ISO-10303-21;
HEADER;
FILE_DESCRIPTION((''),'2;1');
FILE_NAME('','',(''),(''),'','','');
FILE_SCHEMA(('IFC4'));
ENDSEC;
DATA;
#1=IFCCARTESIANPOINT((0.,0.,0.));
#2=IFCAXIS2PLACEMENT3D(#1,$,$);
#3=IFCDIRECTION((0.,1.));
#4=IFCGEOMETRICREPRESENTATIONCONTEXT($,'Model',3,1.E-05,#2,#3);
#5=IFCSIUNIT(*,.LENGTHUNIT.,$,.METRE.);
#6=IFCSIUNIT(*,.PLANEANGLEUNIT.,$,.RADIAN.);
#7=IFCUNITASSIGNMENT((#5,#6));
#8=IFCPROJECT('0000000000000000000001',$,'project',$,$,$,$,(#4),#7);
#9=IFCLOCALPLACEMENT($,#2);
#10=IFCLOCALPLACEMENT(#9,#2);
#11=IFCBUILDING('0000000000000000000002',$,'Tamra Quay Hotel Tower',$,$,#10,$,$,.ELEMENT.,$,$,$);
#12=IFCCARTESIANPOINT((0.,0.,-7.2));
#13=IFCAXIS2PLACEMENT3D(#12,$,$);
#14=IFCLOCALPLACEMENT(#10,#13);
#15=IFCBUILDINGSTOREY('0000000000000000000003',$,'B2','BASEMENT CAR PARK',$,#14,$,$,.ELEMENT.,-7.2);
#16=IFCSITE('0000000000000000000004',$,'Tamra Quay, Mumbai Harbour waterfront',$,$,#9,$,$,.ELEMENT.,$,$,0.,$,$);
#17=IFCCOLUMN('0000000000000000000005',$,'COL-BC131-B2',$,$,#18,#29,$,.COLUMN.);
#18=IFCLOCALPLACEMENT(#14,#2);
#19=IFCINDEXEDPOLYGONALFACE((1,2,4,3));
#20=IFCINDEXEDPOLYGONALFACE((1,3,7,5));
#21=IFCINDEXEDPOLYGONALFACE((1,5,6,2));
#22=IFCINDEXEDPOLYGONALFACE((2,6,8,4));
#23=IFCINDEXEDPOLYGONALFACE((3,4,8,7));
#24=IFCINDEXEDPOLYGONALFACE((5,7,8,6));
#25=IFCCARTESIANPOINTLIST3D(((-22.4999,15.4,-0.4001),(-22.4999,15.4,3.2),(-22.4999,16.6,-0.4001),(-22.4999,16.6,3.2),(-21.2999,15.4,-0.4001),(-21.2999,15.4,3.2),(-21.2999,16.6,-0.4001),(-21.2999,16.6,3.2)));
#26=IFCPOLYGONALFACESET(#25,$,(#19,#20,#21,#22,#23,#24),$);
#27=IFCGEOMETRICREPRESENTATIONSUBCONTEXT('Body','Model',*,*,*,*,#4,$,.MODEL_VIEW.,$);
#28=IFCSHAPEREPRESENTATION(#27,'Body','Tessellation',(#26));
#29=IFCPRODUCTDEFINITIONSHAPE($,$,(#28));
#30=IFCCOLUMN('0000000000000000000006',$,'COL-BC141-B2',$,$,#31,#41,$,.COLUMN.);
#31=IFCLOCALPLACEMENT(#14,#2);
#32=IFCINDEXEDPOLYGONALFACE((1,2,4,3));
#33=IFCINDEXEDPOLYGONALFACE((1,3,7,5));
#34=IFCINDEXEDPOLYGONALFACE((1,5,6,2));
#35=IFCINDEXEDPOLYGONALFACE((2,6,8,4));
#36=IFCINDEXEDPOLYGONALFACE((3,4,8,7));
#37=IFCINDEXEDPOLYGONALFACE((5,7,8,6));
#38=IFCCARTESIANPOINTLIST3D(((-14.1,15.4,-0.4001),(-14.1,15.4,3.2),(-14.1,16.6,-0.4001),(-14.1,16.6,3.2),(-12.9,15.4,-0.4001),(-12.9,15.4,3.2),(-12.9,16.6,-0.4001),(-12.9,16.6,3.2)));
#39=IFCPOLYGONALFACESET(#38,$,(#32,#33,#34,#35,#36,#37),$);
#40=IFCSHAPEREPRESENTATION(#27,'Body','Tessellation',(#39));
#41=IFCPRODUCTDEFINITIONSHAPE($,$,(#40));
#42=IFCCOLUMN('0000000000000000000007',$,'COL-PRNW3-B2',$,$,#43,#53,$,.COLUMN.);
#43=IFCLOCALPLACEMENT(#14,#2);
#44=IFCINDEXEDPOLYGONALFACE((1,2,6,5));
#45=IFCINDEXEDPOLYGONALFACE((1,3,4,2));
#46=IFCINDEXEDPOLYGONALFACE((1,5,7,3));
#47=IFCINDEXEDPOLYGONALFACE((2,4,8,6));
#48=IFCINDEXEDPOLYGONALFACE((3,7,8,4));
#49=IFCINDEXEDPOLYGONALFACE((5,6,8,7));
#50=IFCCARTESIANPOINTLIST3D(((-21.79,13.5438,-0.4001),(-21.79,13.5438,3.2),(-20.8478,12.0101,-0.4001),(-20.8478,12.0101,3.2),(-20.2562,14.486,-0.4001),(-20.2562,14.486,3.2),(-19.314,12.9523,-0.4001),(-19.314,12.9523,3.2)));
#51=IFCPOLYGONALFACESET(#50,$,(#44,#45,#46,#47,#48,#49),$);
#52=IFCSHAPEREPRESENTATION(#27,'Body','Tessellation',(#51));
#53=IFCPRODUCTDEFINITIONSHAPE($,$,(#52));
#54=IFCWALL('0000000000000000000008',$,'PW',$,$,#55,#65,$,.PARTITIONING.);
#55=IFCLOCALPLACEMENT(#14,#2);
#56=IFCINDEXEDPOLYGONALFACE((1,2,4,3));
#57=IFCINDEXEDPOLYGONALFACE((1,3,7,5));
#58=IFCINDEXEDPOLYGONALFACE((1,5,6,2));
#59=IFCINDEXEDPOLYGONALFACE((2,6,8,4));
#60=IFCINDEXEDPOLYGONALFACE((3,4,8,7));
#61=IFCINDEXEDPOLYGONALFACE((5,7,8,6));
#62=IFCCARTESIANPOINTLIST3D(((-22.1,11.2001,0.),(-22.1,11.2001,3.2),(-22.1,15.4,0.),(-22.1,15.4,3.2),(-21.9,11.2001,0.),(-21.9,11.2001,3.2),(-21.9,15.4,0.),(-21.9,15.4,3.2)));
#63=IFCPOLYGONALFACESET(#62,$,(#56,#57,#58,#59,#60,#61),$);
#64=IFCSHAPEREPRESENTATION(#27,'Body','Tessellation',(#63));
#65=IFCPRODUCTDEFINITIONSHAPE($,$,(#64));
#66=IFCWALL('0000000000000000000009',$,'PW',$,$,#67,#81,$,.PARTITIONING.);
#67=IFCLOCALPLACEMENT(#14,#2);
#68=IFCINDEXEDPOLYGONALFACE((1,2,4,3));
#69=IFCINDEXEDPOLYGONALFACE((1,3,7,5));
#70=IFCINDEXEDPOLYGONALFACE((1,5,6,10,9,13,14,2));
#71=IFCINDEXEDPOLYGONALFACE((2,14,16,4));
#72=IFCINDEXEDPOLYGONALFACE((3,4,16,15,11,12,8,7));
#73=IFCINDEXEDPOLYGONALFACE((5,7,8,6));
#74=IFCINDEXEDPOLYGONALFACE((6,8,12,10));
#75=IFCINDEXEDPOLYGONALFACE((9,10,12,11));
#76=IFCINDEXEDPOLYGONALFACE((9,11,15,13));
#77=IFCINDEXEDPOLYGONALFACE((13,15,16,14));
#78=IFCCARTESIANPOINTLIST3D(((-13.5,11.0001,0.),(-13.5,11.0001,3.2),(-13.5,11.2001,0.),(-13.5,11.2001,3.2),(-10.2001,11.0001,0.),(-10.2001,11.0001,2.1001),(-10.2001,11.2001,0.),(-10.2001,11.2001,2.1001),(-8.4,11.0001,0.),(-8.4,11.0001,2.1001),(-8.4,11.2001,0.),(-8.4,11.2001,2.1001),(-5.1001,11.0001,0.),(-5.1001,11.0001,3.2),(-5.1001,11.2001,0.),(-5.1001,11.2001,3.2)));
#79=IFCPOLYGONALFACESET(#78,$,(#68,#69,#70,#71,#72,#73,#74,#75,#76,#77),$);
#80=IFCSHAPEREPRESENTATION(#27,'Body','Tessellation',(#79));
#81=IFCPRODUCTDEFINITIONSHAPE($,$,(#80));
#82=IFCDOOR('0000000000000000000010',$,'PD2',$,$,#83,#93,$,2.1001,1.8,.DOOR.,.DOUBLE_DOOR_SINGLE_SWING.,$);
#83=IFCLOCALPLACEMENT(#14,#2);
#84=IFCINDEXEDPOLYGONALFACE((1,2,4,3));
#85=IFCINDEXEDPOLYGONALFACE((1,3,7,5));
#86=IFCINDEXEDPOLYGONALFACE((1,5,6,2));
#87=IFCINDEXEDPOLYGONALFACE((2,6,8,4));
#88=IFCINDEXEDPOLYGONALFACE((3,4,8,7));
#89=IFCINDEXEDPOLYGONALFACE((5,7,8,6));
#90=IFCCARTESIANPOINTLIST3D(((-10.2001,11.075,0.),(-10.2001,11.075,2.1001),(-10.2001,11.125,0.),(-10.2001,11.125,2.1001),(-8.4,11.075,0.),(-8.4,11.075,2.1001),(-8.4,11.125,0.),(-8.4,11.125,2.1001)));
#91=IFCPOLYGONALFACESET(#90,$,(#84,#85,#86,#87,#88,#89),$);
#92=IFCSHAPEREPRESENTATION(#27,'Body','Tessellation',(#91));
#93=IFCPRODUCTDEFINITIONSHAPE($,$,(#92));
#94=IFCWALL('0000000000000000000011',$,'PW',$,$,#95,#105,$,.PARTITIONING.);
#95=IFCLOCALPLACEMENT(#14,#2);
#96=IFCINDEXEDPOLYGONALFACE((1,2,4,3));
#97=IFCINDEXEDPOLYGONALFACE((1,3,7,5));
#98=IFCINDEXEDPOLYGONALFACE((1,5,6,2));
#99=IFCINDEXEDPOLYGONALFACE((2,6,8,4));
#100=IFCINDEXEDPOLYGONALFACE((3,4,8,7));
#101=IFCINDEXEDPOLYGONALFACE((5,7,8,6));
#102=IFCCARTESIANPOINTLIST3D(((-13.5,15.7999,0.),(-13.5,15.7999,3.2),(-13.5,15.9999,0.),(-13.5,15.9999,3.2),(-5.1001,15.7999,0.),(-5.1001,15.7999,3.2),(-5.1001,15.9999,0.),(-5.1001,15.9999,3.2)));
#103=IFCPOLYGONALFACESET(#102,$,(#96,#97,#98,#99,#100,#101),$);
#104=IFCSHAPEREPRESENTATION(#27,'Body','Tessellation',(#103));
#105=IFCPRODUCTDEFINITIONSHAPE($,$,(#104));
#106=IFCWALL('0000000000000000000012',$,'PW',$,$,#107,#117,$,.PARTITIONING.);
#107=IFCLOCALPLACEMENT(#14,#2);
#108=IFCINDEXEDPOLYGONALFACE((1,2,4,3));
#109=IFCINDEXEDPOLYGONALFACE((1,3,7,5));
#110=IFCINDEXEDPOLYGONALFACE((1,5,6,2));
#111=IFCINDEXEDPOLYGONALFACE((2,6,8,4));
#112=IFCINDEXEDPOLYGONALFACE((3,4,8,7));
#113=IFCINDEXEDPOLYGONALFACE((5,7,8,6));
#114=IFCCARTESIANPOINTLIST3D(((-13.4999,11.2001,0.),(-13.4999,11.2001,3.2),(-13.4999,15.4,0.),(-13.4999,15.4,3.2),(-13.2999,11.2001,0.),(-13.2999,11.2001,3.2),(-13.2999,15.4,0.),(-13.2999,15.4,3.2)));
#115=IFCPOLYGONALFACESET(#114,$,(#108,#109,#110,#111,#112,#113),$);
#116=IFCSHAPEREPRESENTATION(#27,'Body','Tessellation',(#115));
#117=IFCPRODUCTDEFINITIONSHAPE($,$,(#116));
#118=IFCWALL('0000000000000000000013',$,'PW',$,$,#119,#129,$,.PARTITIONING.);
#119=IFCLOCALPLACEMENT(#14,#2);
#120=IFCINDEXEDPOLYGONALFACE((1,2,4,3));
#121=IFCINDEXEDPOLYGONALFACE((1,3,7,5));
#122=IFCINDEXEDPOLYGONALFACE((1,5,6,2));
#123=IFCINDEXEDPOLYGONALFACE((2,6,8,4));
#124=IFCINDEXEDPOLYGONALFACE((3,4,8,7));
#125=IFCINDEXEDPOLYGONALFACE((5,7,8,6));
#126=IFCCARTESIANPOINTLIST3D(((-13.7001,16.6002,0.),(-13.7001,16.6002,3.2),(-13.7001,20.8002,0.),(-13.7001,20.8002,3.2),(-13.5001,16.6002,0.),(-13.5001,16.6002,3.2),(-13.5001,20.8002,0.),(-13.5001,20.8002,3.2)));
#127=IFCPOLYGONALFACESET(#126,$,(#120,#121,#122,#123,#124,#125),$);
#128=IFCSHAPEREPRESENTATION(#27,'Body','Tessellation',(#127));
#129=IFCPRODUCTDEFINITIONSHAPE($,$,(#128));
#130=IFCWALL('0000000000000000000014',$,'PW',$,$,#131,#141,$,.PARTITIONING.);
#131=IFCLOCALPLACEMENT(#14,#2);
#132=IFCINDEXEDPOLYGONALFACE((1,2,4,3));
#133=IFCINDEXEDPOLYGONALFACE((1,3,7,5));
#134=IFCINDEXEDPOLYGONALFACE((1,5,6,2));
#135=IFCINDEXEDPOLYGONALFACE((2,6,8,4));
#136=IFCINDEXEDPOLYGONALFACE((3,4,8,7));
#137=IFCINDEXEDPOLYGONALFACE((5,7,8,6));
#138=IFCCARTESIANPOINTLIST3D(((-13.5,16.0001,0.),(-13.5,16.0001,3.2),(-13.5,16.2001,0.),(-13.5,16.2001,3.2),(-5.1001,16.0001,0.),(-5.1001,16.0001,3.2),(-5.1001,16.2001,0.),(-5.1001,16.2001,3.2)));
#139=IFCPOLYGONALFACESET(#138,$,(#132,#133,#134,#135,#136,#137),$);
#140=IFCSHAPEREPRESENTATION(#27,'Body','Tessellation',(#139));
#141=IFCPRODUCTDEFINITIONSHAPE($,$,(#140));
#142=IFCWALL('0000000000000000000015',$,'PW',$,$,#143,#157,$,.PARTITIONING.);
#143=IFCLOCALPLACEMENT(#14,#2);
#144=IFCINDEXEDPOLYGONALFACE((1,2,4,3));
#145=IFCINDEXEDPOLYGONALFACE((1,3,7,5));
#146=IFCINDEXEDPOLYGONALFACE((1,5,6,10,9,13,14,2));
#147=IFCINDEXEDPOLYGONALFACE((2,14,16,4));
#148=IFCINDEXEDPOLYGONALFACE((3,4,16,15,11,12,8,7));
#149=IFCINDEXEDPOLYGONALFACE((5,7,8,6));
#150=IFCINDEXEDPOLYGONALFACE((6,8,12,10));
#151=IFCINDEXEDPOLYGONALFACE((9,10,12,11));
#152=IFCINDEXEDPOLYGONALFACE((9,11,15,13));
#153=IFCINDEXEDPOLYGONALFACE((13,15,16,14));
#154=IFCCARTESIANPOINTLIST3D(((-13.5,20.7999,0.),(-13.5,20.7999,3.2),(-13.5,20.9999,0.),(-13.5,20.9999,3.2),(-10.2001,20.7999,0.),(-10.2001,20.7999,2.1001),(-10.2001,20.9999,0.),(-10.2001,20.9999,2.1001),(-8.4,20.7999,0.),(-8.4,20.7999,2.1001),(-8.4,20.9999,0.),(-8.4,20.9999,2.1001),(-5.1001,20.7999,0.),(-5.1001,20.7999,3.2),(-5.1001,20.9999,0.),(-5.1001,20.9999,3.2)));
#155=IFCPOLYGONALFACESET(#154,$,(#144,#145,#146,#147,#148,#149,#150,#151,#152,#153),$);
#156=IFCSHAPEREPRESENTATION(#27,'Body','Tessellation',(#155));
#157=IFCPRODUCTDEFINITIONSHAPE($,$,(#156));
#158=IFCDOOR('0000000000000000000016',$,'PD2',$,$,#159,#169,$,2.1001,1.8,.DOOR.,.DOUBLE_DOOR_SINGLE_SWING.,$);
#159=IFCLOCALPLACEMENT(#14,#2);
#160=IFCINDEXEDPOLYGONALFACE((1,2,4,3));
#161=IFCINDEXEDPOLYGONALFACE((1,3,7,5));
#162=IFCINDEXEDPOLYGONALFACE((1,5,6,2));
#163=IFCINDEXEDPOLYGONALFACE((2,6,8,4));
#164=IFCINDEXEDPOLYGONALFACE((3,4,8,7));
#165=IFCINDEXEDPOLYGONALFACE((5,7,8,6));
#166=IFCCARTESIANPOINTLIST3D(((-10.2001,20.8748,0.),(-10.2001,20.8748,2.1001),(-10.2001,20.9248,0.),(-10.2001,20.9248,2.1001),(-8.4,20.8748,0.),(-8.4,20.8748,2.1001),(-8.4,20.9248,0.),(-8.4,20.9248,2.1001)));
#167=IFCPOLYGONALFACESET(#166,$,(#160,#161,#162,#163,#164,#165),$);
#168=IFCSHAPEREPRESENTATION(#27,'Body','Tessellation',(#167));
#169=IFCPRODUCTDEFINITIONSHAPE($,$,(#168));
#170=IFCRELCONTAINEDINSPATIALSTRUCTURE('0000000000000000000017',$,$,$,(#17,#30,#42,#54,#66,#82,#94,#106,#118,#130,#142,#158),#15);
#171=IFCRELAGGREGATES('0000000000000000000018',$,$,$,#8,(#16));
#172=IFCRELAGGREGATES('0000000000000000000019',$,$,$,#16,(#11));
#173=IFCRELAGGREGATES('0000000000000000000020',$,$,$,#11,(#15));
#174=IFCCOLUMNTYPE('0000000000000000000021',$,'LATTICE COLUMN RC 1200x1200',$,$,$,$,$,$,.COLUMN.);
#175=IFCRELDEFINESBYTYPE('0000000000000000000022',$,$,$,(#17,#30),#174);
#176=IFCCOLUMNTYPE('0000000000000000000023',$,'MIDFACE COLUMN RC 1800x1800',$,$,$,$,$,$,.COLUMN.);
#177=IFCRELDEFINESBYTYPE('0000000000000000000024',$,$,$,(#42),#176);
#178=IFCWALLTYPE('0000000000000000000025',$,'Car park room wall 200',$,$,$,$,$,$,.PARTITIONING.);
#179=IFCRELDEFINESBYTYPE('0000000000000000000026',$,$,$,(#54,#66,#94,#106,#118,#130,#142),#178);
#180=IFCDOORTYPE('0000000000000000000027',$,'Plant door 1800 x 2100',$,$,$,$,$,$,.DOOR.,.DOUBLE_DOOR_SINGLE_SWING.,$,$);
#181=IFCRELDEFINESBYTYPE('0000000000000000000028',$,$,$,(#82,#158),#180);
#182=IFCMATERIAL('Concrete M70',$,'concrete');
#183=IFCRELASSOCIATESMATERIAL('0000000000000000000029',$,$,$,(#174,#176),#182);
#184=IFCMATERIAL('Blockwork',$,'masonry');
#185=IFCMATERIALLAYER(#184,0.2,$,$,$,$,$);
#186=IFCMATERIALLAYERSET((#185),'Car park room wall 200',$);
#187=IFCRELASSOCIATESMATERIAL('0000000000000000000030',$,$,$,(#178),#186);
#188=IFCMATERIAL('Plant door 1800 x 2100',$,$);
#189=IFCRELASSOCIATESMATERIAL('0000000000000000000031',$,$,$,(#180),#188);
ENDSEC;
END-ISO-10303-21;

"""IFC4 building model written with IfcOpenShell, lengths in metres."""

from ifc_helpers import new_model, si_unit, direction, frame, frame_2d, origin, origin_2d, place, context, subcontext, project, spatial, rectangle, extrude, material, layer, layer_set, material_profile, profile_set, type_object, element, fill, save


model = new_model("IFC4")

# Units and contexts
model_context = context("Model", 3, precision=1e-05, world=origin(), true_north=direction((0.0, 1.0)))
body_context = subcontext(model_context, "Body", "Model", "MODEL_VIEW")
ifc_project = project(units=[si_unit("LENGTHUNIT", "METRE"), si_unit("PLANEANGLEUNIT", "RADIAN")], contexts=[model_context])

# Site, building, storey
site_placement = place(None, origin())
site = spatial("IfcSite", under=ifc_project, at=site_placement, Name="Tamra Quay, Mumbai Harbour waterfront", CompositionType="ELEMENT", RefElevation=0.0)
building_placement = place(site_placement, origin())
building = spatial("IfcBuilding", under=site, at=building_placement, Name="Tamra Quay Hotel Tower", CompositionType="ELEMENT")
storey_placement = place(building_placement, frame((0.0, 0.0, -7.2)))
storey = spatial("IfcBuildingStorey", under=building, at=storey_placement, Name="B2", Description="BASEMENT CAR PARK", CompositionType="ELEMENT", Elevation=-7.2)

# Columns
ifc_material_1 = material(Name="Concrete M70", Category="concrete")
ifc_material_profile_1 = material_profile(ifc_material_1, rectangle(XDim=1.2, YDim=1.2, at=origin_2d()), Name="LATTICE COLUMN RC 1200x1200")
ifc_profile_set_1 = profile_set([ifc_material_profile_1], Name="Concrete M70")
column_type_1 = type_object("IfcColumnType", Name="LATTICE COLUMN RC 1200x1200", PredefinedType="COLUMN", material=ifc_profile_set_1)
for number, where, z_axis, x_axis, name in (
    (1, (-21.8999, 16.0, -0.4001), (0.0, 0.0, 1.0), (1.0, 0.0, 0.0), "COL-BC131-B2"),
    (2, (-13.5, 16.0, -0.4001), (0.0, 0.0, 1.0), (1.0, 0.0, 0.0), "COL-BC141-B2"),
):
    element("IfcColumn", number, at=place(storey_placement, frame(where, z_axis=z_axis, x_axis=x_axis)), inside=storey, type_object=column_type_1, Name=name, PredefinedType="COLUMN", context=body_context, shape_type="SweptSolid", body=[
        extrude(rectangle(XDim=1.2, YDim=1.2, at=origin_2d()), origin(), (0.0, 0.0, 1.0), 3.6001),
    ])
ifc_material_profile_2 = material_profile(ifc_material_1, rectangle(XDim=1.8, YDim=1.8, at=origin_2d()), Name="MIDFACE COLUMN RC 1800x1800")
ifc_profile_set_2 = profile_set([ifc_material_profile_2], Name="Concrete M70")
column_type_2 = type_object("IfcColumnType", Name="MIDFACE COLUMN RC 1800x1800", PredefinedType="COLUMN", material=ifc_profile_set_2)
column_placement = place(storey_placement, frame((-20.552, 13.248, -0.4001), z_axis=(0.0, 0.0, 1.0), x_axis=(-0.52343, 0.852069, 0.0)))
element("IfcColumn", 3, at=column_placement, inside=storey, type_object=column_type_2, Name="COL-PRNW3-B2", PredefinedType="COLUMN", context=body_context, shape_type="SweptSolid", body=[
    extrude(rectangle(XDim=1.8, YDim=1.8, at=origin_2d()), origin(), (0.0, 0.0, 1.0), 3.6001),
])

# Wall
ifc_material_2 = material(Name="Blockwork", Category="masonry")
ifc_layer_1 = layer(ifc_material_2, 0.2)
ifc_layer_set_1 = layer_set([ifc_layer_1], Name="Car park room wall 200")
wall_type_1 = type_object("IfcWallType", Name="Car park room wall 200", PredefinedType="PARTITIONING", material=ifc_layer_set_1)
wall_1_placement = place(storey_placement, frame((-22.0, 11.2, 0.0), z_axis=(0.0, 0.0, 1.0), x_axis=(0.0, 1.0, 0.0)))
element("IfcWall", 4, at=wall_1_placement, inside=storey, type_object=wall_type_1, Name="PW", PredefinedType="PARTITIONING", context=body_context, shape_type="SweptSolid", body=[
    extrude(rectangle(XDim=4.2, YDim=0.2, at=frame_2d((2.1001, 0.0))), origin(), (0.0, 0.0, 1.0), 3.2),
])

# Wall, opening, door
wall_2_placement = place(storey_placement, frame((-13.5, 11.1001, 0.0), z_axis=(0.0, 0.0, 1.0), x_axis=(1.0, 0.0, 0.0)))
wall_2 = element("IfcWall", 5, at=wall_2_placement, inside=storey, type_object=wall_type_1, Name="PW", PredefinedType="PARTITIONING", context=body_context, shape_type="SweptSolid", body=[
    extrude(rectangle(XDim=8.3999, YDim=0.2, at=frame_2d((4.2, 0.0))), origin(), (0.0, 0.0, 1.0), 3.2),
])
opening_1_placement = place(wall_2_placement, frame((3.3, 0.0, 0.0)))
opening_1 = element("IfcOpeningElement", 6, at=opening_1_placement, cuts=wall_2, PredefinedType="OPENING", context=body_context, shape_type="SweptSolid", body=[
    extrude(rectangle(XDim=1.8, YDim=2.1001, at=frame_2d((0.8999, 1.05))), frame((0.0, 0.1099, 0.0), z_axis=(0.0, -1.0, 0.0), x_axis=(1.0, 0.0, 0.0)), (0.0, 0.0, 1.0), 0.22),
])
ifc_material_3 = material(Name="Plant door 1800 x 2100")
door_type_1 = type_object("IfcDoorType", Name="Plant door 1800 x 2100", OperationType="DOUBLE_DOOR_SINGLE_SWING", PredefinedType="DOOR", material=ifc_material_3)
door_1_placement = place(opening_1_placement, origin())
door_1 = element("IfcDoor", 7, at=door_1_placement, inside=storey, type_object=door_type_1, Name="PD2", OperationType="DOUBLE_DOOR_SINGLE_SWING", OverallHeight=2.1001, OverallWidth=1.8, PredefinedType="DOOR", context=body_context, shape_type="SweptSolid", body=[
    extrude(rectangle(XDim=1.8, YDim=2.1001, at=frame_2d((0.8999, 1.05))), frame((0.0, 0.0249, 0.0), z_axis=(0.0, -1.0, 0.0), x_axis=(1.0, 0.0, 0.0)), (0.0, 0.0, 1.0), 0.05),
])
fill(opening_1, door_1)

# Walls
wall_3_placement = place(storey_placement, frame((-13.5, 15.8999, 0.0), z_axis=(0.0, 0.0, 1.0), x_axis=(1.0, 0.0, 0.0)))
element("IfcWall", 8, at=wall_3_placement, inside=storey, type_object=wall_type_1, Name="PW", PredefinedType="PARTITIONING", context=body_context, shape_type="SweptSolid", body=[
    extrude(rectangle(XDim=8.3999, YDim=0.2, at=frame_2d((4.2, 0.0))), origin(), (0.0, 0.0, 1.0), 3.2),
])
for number, where, z_axis, x_axis, name in (
    (9, (-13.3999, 11.2, 0.0), (0.0, 0.0, 1.0), (0.0, 1.0, 0.0), "PW"),
    (10, (-13.6001, 16.6001, 0.0), (0.0, 0.0, 1.0), (0.0, 1.0, 0.0), "PW"),
):
    element("IfcWall", number, at=place(storey_placement, frame(where, z_axis=z_axis, x_axis=x_axis)), inside=storey, type_object=wall_type_1, Name=name, PredefinedType="PARTITIONING", context=body_context, shape_type="SweptSolid", body=[
        extrude(rectangle(XDim=4.2, YDim=0.2, at=frame_2d((2.1001, 0.0))), origin(), (0.0, 0.0, 1.0), 3.2),
    ])
wall_4_placement = place(storey_placement, frame((-13.5, 16.1001, 0.0), z_axis=(0.0, 0.0, 1.0), x_axis=(1.0, 0.0, 0.0)))
element("IfcWall", 11, at=wall_4_placement, inside=storey, type_object=wall_type_1, Name="PW", PredefinedType="PARTITIONING", context=body_context, shape_type="SweptSolid", body=[
    extrude(rectangle(XDim=8.3999, YDim=0.2, at=frame_2d((4.2, 0.0))), origin(), (0.0, 0.0, 1.0), 3.2),
])

# Wall, opening, door
wall_5_placement = place(storey_placement, frame((-13.5, 20.8999, 0.0), z_axis=(0.0, 0.0, 1.0), x_axis=(1.0, 0.0, 0.0)))
wall_5 = element("IfcWall", 12, at=wall_5_placement, inside=storey, type_object=wall_type_1, Name="PW", PredefinedType="PARTITIONING", context=body_context, shape_type="SweptSolid", body=[
    extrude(rectangle(XDim=8.3999, YDim=0.2, at=frame_2d((4.2, 0.0))), origin(), (0.0, 0.0, 1.0), 3.2),
])
opening_2_placement = place(wall_5_placement, frame((3.3, 0.0, 0.0)))
opening_2 = element("IfcOpeningElement", 13, at=opening_2_placement, cuts=wall_5, PredefinedType="OPENING", context=body_context, shape_type="SweptSolid", body=[
    extrude(rectangle(XDim=1.8, YDim=2.1001, at=frame_2d((0.8999, 1.05))), frame((0.0, 0.1099, 0.0), z_axis=(0.0, -1.0, 0.0), x_axis=(1.0, 0.0, 0.0)), (0.0, 0.0, 1.0), 0.22),
])
door_2_placement = place(opening_2_placement, origin())
door_2 = element("IfcDoor", 14, at=door_2_placement, inside=storey, type_object=door_type_1, Name="PD2", OperationType="DOUBLE_DOOR_SINGLE_SWING", OverallHeight=2.1001, OverallWidth=1.8, PredefinedType="DOOR", context=body_context, shape_type="SweptSolid", body=[
    extrude(rectangle(XDim=1.8, YDim=2.1001, at=frame_2d((0.8999, 1.05))), frame((0.0, 0.0249, 0.0), z_axis=(0.0, -1.0, 0.0), x_axis=(1.0, 0.0, 0.0)), (0.0, 0.0, 1.0), 0.05),
])
fill(opening_2, door_2)

save(model, "model.ifc")
